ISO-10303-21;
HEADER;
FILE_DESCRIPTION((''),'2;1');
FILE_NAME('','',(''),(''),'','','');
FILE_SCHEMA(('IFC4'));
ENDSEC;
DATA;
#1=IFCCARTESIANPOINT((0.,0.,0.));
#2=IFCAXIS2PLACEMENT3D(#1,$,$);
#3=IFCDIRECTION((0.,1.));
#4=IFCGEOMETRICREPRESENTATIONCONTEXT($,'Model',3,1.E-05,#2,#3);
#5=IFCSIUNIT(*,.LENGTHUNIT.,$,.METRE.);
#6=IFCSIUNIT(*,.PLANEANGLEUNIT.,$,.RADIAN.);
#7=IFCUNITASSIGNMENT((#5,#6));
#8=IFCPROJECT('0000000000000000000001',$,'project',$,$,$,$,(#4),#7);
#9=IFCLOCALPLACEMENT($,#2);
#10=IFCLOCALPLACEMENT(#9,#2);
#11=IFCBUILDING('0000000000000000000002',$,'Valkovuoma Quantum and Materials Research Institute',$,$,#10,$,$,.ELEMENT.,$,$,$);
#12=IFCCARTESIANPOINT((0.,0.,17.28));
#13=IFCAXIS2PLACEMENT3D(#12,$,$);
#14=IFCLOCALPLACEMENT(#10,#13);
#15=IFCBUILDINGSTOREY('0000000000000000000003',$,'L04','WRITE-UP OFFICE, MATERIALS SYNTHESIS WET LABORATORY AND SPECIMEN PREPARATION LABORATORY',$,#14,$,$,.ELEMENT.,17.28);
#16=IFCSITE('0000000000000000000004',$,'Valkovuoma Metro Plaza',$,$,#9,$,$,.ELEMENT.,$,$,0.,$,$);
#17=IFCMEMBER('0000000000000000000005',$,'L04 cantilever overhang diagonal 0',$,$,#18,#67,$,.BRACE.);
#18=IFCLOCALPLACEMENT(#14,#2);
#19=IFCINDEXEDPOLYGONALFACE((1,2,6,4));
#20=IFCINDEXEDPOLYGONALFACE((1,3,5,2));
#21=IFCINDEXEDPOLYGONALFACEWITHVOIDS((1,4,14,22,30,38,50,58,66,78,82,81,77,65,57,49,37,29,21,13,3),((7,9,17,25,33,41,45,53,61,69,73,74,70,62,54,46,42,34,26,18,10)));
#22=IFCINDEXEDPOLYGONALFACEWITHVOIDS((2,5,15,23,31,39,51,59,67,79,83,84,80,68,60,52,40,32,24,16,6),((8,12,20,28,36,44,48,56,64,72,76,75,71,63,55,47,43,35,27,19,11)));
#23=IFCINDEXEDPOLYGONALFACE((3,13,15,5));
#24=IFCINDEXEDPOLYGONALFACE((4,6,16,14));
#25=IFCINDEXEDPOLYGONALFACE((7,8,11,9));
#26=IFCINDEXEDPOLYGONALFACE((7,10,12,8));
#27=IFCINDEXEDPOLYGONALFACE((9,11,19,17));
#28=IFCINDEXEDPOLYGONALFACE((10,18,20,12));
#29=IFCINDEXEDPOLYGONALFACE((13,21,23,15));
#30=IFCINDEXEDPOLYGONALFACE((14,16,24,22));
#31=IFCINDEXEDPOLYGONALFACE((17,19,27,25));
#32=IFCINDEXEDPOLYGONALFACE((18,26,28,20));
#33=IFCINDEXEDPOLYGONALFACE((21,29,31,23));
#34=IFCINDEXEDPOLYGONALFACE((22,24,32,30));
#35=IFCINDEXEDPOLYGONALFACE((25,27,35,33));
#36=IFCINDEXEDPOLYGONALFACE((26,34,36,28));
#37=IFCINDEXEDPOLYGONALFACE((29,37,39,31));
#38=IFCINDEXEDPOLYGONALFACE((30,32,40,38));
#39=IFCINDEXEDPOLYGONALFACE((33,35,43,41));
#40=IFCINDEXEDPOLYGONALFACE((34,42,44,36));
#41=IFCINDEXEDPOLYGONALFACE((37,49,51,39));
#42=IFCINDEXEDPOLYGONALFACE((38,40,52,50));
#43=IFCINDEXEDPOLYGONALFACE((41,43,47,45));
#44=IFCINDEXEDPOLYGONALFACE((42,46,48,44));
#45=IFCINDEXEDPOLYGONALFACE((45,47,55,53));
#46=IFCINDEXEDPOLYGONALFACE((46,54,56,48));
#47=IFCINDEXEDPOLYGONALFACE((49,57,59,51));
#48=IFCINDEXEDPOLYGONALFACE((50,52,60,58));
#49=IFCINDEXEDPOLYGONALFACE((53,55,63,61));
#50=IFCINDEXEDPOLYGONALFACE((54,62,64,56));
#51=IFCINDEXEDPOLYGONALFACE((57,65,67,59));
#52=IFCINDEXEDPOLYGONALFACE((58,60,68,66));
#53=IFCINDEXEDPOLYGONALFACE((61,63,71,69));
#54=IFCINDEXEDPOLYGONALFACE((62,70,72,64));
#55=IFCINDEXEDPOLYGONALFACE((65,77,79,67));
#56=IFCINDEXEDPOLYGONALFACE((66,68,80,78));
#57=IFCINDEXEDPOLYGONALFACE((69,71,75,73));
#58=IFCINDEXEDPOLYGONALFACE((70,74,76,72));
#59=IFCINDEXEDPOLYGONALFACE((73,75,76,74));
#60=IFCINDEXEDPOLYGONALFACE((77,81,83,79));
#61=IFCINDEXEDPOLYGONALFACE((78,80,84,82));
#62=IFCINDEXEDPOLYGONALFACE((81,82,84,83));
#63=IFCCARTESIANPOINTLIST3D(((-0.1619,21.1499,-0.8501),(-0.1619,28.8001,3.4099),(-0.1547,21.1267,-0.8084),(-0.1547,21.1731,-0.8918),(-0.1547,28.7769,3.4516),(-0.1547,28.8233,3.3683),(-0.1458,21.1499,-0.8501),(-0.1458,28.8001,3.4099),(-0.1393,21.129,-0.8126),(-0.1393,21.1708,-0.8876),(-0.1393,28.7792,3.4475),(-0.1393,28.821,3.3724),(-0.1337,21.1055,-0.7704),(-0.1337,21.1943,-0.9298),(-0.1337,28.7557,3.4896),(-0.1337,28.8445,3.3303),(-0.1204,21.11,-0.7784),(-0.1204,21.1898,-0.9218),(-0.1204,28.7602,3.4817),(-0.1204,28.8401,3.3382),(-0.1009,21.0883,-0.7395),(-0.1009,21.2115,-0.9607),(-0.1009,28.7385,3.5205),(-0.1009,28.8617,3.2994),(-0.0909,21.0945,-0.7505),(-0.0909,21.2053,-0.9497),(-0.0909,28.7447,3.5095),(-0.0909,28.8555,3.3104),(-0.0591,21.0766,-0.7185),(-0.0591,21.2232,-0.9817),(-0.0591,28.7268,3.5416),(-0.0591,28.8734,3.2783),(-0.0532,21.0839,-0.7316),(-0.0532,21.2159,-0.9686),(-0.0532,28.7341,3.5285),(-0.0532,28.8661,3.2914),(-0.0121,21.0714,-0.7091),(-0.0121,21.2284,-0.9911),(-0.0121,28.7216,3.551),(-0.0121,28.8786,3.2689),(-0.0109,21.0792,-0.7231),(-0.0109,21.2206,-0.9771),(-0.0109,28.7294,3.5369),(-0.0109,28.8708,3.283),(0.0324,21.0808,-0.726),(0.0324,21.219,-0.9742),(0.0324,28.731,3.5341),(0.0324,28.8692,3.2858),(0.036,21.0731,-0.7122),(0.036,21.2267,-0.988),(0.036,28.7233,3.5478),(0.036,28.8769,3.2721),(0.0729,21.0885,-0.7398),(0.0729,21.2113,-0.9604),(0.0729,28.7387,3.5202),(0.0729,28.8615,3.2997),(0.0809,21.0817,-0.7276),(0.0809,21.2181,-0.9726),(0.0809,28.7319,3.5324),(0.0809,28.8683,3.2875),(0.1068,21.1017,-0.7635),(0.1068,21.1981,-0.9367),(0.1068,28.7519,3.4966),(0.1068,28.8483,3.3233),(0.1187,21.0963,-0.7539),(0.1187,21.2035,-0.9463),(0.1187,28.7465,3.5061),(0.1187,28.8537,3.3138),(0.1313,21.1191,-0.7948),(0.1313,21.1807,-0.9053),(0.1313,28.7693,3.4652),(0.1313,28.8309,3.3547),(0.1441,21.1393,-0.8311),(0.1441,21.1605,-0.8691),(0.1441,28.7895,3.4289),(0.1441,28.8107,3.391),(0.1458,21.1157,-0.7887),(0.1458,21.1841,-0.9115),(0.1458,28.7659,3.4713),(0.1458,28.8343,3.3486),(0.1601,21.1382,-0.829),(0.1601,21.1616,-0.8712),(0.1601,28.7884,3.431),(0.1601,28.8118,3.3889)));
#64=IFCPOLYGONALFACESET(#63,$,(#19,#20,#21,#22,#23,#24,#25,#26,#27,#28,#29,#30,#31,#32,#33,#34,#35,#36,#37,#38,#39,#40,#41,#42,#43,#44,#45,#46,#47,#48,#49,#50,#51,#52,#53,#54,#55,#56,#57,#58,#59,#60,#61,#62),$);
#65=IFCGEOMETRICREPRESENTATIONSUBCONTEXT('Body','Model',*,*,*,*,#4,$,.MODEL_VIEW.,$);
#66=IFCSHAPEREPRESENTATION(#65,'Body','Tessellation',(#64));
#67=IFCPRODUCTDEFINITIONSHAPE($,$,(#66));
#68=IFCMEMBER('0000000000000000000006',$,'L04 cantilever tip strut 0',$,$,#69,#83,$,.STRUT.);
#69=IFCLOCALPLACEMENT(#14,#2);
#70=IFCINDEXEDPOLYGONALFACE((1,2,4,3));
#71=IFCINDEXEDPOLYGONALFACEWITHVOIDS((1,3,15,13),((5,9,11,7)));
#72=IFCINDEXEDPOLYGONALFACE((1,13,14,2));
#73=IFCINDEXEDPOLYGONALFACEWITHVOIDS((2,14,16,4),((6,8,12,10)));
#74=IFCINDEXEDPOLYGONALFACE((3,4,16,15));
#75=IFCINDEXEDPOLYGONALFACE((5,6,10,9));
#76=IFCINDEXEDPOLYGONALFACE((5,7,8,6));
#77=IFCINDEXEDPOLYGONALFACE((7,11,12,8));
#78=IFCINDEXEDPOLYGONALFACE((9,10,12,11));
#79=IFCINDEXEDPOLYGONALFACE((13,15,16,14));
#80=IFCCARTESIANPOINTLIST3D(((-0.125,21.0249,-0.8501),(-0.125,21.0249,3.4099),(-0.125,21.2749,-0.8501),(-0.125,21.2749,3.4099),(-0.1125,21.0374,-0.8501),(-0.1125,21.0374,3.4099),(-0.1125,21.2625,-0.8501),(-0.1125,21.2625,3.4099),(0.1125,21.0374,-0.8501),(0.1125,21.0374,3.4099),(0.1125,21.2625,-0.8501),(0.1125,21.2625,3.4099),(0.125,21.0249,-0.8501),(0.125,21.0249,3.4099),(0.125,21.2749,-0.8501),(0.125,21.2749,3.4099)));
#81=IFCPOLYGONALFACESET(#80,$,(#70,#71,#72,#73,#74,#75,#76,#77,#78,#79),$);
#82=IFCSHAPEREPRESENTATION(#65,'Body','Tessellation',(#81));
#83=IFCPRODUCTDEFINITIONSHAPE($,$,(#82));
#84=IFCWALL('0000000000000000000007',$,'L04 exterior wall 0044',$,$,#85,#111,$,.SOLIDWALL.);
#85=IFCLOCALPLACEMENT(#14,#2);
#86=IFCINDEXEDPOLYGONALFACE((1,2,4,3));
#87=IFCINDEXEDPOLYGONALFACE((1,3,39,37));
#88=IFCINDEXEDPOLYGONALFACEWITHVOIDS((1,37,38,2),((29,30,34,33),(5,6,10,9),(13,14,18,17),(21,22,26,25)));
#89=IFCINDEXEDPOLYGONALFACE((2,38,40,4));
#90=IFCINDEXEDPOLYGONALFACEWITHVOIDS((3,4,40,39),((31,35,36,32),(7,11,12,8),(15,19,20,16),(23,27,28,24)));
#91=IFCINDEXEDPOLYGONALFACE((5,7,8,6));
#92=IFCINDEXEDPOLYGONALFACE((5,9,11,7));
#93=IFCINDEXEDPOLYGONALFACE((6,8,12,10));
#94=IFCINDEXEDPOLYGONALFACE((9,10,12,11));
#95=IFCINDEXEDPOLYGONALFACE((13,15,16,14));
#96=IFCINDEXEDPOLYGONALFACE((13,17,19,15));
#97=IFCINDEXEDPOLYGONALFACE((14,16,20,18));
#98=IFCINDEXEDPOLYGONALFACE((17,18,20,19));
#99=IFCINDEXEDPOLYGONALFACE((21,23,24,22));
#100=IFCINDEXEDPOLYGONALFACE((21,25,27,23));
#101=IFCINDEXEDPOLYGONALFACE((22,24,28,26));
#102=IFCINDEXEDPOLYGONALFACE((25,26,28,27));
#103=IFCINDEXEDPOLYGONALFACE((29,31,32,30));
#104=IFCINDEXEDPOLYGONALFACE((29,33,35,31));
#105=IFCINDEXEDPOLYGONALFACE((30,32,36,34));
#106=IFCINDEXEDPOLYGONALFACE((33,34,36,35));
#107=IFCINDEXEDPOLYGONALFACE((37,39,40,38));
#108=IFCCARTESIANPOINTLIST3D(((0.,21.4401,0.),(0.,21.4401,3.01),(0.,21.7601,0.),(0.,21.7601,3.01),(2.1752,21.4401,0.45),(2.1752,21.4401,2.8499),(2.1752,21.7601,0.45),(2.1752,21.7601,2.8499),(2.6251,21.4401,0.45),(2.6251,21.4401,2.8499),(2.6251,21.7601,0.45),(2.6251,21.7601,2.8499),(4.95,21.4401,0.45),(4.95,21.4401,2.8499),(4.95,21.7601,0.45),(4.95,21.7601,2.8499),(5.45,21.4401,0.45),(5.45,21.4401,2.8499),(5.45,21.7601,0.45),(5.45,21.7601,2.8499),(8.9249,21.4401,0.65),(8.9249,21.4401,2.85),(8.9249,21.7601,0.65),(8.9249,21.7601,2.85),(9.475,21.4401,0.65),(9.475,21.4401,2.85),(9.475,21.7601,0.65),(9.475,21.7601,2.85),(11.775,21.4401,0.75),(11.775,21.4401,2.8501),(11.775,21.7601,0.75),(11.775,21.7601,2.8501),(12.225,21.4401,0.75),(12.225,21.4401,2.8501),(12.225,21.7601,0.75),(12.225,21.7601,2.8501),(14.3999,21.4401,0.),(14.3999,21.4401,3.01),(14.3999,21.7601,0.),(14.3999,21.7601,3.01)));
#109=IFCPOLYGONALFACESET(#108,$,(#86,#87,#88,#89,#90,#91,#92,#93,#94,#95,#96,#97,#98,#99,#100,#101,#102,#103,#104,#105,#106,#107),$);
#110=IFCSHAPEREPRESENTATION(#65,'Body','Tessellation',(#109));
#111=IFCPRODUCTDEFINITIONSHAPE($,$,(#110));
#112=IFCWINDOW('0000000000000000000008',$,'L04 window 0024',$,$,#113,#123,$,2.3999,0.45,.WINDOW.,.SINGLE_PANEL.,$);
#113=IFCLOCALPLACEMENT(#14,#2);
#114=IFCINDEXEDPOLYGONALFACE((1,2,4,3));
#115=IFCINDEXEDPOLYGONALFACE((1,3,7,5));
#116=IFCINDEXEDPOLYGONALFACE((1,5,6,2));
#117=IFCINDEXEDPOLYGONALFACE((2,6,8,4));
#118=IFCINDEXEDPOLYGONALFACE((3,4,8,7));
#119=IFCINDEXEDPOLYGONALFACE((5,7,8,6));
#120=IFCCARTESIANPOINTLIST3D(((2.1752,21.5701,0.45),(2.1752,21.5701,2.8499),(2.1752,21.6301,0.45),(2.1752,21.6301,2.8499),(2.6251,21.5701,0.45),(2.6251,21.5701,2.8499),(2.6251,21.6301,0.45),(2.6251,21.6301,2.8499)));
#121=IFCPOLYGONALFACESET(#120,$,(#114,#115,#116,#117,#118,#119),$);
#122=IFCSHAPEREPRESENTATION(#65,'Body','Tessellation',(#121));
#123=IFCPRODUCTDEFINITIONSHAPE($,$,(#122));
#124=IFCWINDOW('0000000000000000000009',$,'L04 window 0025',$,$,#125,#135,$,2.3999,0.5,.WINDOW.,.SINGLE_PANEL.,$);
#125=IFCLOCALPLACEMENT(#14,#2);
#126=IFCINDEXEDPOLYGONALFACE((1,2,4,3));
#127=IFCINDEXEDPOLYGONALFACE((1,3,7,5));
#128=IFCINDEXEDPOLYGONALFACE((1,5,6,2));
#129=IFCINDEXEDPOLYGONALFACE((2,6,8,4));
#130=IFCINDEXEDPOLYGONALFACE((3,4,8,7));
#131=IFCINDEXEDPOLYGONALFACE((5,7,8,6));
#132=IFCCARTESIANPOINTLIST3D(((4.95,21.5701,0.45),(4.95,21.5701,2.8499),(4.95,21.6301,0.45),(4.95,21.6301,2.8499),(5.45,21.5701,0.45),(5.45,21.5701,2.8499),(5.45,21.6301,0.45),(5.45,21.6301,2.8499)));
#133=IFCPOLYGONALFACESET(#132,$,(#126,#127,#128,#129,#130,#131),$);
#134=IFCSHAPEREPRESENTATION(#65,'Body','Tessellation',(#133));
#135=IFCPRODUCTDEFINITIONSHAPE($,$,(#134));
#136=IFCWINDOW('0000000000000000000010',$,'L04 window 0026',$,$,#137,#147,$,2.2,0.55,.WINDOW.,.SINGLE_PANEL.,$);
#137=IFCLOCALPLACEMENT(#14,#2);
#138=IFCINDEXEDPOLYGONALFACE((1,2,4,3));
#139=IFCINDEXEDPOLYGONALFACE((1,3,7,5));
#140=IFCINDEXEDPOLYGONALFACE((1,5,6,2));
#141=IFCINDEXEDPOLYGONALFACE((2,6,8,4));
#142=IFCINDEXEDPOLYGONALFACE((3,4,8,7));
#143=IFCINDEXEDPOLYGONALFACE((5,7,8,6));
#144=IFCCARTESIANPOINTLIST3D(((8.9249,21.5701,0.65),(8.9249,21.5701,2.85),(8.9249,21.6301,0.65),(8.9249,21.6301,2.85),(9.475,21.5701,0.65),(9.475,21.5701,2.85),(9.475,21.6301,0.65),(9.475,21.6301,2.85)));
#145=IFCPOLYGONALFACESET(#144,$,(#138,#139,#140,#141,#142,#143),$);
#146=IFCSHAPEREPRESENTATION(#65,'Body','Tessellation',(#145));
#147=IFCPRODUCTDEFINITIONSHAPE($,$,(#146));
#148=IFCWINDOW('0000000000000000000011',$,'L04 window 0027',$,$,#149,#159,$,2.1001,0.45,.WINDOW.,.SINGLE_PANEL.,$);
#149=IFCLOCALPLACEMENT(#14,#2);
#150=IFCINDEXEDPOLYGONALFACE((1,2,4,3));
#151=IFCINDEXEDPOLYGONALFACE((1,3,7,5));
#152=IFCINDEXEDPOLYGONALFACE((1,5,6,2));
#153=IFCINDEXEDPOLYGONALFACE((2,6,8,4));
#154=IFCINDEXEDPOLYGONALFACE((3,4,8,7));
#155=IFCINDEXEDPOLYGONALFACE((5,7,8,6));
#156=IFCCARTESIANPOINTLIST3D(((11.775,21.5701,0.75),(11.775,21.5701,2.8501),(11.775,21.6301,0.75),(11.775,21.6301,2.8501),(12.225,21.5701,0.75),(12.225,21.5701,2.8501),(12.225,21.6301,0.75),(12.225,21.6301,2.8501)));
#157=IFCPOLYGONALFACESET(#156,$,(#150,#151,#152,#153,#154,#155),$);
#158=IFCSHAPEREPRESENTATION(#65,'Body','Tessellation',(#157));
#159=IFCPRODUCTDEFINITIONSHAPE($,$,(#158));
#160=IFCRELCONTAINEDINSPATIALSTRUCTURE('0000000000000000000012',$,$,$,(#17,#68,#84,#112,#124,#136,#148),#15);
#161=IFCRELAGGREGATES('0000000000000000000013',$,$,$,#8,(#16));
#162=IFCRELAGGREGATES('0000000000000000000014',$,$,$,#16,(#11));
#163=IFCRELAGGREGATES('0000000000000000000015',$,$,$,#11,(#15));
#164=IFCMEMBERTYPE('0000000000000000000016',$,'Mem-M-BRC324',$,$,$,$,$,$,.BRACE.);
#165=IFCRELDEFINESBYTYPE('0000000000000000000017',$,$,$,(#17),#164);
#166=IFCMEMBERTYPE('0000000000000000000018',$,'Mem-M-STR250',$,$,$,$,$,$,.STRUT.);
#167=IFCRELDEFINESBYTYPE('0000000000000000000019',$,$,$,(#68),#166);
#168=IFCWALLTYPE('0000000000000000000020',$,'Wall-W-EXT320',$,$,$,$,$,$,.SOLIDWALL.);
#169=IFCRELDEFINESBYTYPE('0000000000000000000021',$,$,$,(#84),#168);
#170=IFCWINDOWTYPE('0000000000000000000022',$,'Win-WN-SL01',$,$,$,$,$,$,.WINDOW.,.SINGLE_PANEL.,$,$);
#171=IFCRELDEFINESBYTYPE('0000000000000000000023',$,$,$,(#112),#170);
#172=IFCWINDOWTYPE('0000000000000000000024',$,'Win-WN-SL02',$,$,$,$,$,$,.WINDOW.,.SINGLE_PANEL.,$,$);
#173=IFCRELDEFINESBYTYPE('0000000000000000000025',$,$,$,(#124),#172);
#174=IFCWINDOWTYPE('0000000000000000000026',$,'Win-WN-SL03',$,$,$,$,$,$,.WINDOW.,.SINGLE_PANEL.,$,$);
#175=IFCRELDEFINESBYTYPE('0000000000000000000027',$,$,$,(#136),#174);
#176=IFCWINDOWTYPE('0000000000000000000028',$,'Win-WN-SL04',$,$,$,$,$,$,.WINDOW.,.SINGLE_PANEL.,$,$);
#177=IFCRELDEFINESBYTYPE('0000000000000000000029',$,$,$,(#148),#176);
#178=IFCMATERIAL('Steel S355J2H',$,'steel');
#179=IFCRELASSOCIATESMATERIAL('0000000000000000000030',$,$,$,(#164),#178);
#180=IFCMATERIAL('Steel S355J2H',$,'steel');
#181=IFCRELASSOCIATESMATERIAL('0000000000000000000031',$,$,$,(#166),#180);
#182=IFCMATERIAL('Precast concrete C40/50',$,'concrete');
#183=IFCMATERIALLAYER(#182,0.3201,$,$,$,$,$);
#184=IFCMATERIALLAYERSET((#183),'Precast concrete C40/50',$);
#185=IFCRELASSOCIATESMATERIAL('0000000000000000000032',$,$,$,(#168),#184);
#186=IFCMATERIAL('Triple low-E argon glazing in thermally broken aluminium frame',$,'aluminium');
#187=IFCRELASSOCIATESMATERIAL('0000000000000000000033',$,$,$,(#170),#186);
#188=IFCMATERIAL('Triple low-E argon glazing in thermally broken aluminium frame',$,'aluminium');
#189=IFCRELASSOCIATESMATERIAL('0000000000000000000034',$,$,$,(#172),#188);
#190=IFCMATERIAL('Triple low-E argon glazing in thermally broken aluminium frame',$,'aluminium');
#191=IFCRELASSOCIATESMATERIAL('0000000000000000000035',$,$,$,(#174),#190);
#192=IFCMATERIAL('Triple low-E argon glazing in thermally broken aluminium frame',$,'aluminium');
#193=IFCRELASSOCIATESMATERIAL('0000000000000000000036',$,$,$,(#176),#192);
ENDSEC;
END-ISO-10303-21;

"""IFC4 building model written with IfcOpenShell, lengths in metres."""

from ifc_helpers import new_model, si_unit, direction, frame, frame_2d, origin, origin_2d, place, context, subcontext, project, spatial, rectangle, hollow_rectangle, hollow_circle, extrude, material, layer, layer_set, material_profile, profile_set, type_object, element, fill, save


model = new_model("IFC4")

# Units and contexts
model_context = context("Model", 3, precision=1e-05, world=origin(), true_north=direction((0.0, 1.0)))
body_context = subcontext(model_context, "Body", "Model", "MODEL_VIEW")
ifc_project = project(units=[si_unit("LENGTHUNIT", "METRE"), si_unit("PLANEANGLEUNIT", "RADIAN")], contexts=[model_context])

# Site, building, storey
site_placement = place(None, origin())
site = spatial("IfcSite", under=ifc_project, at=site_placement, Name="Valkovuoma Metro Plaza", CompositionType="ELEMENT", RefElevation=0.0)
building_placement = place(site_placement, origin())
building = spatial("IfcBuilding", under=site, at=building_placement, Name="Valkovuoma Quantum and Materials Research Institute", CompositionType="ELEMENT")
storey_placement = place(building_placement, frame((0.0, 0.0, 17.28)))
storey = spatial("IfcBuildingStorey", under=building, at=storey_placement, Name="L04", Description="WRITE-UP OFFICE, MATERIALS SYNTHESIS WET LABORATORY AND SPECIMEN PREPARATION LABORATORY", CompositionType="ELEMENT", Elevation=17.28)

# Members
ifc_material_1 = material(Name="Steel S355J2H", Category="steel")
ifc_material_profile_1 = material_profile(ifc_material_1, hollow_circle(Radius=0.1619, WallThickness=0.0161, at=origin_2d()), Name="Steel S355J2H")
ifc_profile_set_1 = profile_set([ifc_material_profile_1], Name="Steel S355J2H")
member_type_1 = type_object("IfcMemberType", Name="Mem-M-BRC324", PredefinedType="BRACE", material=ifc_profile_set_1)
member_1_placement = place(storey_placement, frame((0.0, 21.1499, -0.8501), z_axis=(0.0, 0.873675, 0.486509), x_axis=(-1.0, 0.0, 0.0)))
element("IfcMember", 1, at=member_1_placement, inside=storey, type_object=member_type_1, Name="L04 cantilever overhang diagonal 0", PredefinedType="BRACE", context=body_context, shape_type="SweptSolid", body=[
    extrude(hollow_circle(Radius=0.1619, WallThickness=0.0161, at=origin_2d()), origin(), (0.0, 0.0, 1.0), 8.7563),
])
ifc_material_2 = material(Name="Steel S355J2H", Category="steel")
ifc_material_profile_2 = material_profile(ifc_material_2, hollow_rectangle(XDim=0.25, YDim=0.25, WallThickness=0.0125, at=origin_2d()), Name="Steel S355J2H")
ifc_profile_set_2 = profile_set([ifc_material_profile_2], Name="Steel S355J2H")
member_type_2 = type_object("IfcMemberType", Name="Mem-M-STR250", PredefinedType="STRUT", material=ifc_profile_set_2)
member_2_placement = place(storey_placement, frame((0.0, 21.1499, -0.8501), z_axis=(0.0, 0.0, 1.0), x_axis=(1.0, 0.0, 0.0)))
element("IfcMember", 2, at=member_2_placement, inside=storey, type_object=member_type_2, Name="L04 cantilever tip strut 0", PredefinedType="STRUT", context=body_context, shape_type="SweptSolid", body=[
    extrude(hollow_rectangle(XDim=0.25, YDim=0.25, WallThickness=0.0125, at=origin_2d()), origin(), (0.0, 0.0, 1.0), 4.26),
])

# Wall, openings, windows
ifc_material_3 = material(Name="Precast concrete C40/50", Category="concrete")
ifc_layer_1 = layer(ifc_material_3, 0.3201)
ifc_layer_set_1 = layer_set([ifc_layer_1], Name="Precast concrete C40/50")
wall_type = type_object("IfcWallType", Name="Wall-W-EXT320", PredefinedType="SOLIDWALL", material=ifc_layer_set_1)
wall_placement = place(storey_placement, frame((0.0, 21.6001, 0.0), z_axis=(0.0, 0.0, 1.0), x_axis=(1.0, 0.0, 0.0)))
wall = element("IfcWall", 3, at=wall_placement, inside=storey, type_object=wall_type, Name="L04 exterior wall 0044", PredefinedType="SOLIDWALL", context=body_context, shape_type="SweptSolid", body=[
    extrude(rectangle(XDim=14.3999, YDim=0.3201, at=frame_2d((7.2, 0.0))), origin(), (0.0, 0.0, 1.0), 3.01),
])
opening_1_placement = place(wall_placement, frame((2.175, 0.0, 0.45)))
opening_1 = element("IfcOpeningElement", 4, at=opening_1_placement, cuts=wall, PredefinedType="OPENING", context=body_context, shape_type="SweptSolid", body=[
    extrude(rectangle(XDim=0.45, YDim=2.3999, at=frame_2d((0.2251, 1.2))), frame((0.0, 0.1699, 0.0), z_axis=(0.0, -1.0, 0.0), x_axis=(1.0, 0.0, 0.0)), (0.0, 0.0, 1.0), 0.3401),
])
opening_2_placement = place(wall_placement, frame((4.95, 0.0, 0.45)))
opening_2 = element("IfcOpeningElement", 5, at=opening_2_placement, cuts=wall, PredefinedType="OPENING", context=body_context, shape_type="SweptSolid", body=[
    extrude(rectangle(XDim=0.5, YDim=2.3999, at=frame_2d((0.25, 1.2))), frame((0.0, 0.1699, 0.0), z_axis=(0.0, -1.0, 0.0), x_axis=(1.0, 0.0, 0.0)), (0.0, 0.0, 1.0), 0.3401),
])
opening_3_placement = place(wall_placement, frame((8.925, 0.0, 0.6499)))
opening_3 = element("IfcOpeningElement", 6, at=opening_3_placement, cuts=wall, PredefinedType="OPENING", context=body_context, shape_type="SweptSolid", body=[
    extrude(rectangle(XDim=0.55, YDim=2.2, at=frame_2d((0.2749, 1.1001))), frame((0.0, 0.1699, 0.0), z_axis=(0.0, -1.0, 0.0), x_axis=(1.0, 0.0, 0.0)), (0.0, 0.0, 1.0), 0.3401),
])
opening_4_placement = place(wall_placement, frame((11.7749, 0.0, 0.75)))
opening_4 = element("IfcOpeningElement", 7, at=opening_4_placement, cuts=wall, PredefinedType="OPENING", context=body_context, shape_type="SweptSolid", body=[
    extrude(rectangle(XDim=0.45, YDim=2.1001, at=frame_2d((0.2251, 1.05))), frame((0.0, 0.1699, 0.0), z_axis=(0.0, -1.0, 0.0), x_axis=(1.0, 0.0, 0.0)), (0.0, 0.0, 1.0), 0.3401),
])
ifc_material_4 = material(Name="Triple low-E argon glazing in thermally broken aluminium frame", Category="aluminium")
window_type_1 = type_object("IfcWindowType", Name="Win-WN-SL01", PartitioningType="SINGLE_PANEL", PredefinedType="WINDOW", material=ifc_material_4)
window_1_placement = place(opening_1_placement, origin())
window_1 = element("IfcWindow", 8, at=window_1_placement, inside=storey, type_object=window_type_1, Name="L04 window 0024", OverallHeight=2.3999, OverallWidth=0.45, PartitioningType="SINGLE_PANEL", PredefinedType="WINDOW", context=body_context, shape_type="SweptSolid", body=[
    extrude(rectangle(XDim=0.45, YDim=2.3999, at=frame_2d((0.2251, 1.2))), frame((0.0, 0.03, 0.0), z_axis=(0.0, -1.0, 0.0), x_axis=(1.0, 0.0, 0.0)), (0.0, 0.0, 1.0), 0.0601),
])
fill(opening_1, window_1)
ifc_material_5 = material(Name="Triple low-E argon glazing in thermally broken aluminium frame", Category="aluminium")
window_type_2 = type_object("IfcWindowType", Name="Win-WN-SL02", PartitioningType="SINGLE_PANEL", PredefinedType="WINDOW", material=ifc_material_5)
window_2_placement = place(opening_2_placement, origin())
window_2 = element("IfcWindow", 9, at=window_2_placement, inside=storey, type_object=window_type_2, Name="L04 window 0025", OverallHeight=2.3999, OverallWidth=0.5, PartitioningType="SINGLE_PANEL", PredefinedType="WINDOW", context=body_context, shape_type="SweptSolid", body=[
    extrude(rectangle(XDim=0.5, YDim=2.3999, at=frame_2d((0.25, 1.2))), frame((0.0, 0.03, 0.0), z_axis=(0.0, -1.0, 0.0), x_axis=(1.0, 0.0, 0.0)), (0.0, 0.0, 1.0), 0.0601),
])
fill(opening_2, window_2)
ifc_material_6 = material(Name="Triple low-E argon glazing in thermally broken aluminium frame", Category="aluminium")
window_type_3 = type_object("IfcWindowType", Name="Win-WN-SL03", PartitioningType="SINGLE_PANEL", PredefinedType="WINDOW", material=ifc_material_6)
window_3_placement = place(opening_3_placement, origin())
window_3 = element("IfcWindow", 10, at=window_3_placement, inside=storey, type_object=window_type_3, Name="L04 window 0026", OverallHeight=2.2, OverallWidth=0.55, PartitioningType="SINGLE_PANEL", PredefinedType="WINDOW", context=body_context, shape_type="SweptSolid", body=[
    extrude(rectangle(XDim=0.55, YDim=2.2, at=frame_2d((0.2749, 1.1001))), frame((0.0, 0.03, 0.0), z_axis=(0.0, -1.0, 0.0), x_axis=(1.0, 0.0, 0.0)), (0.0, 0.0, 1.0), 0.0601),
])
fill(opening_3, window_3)
ifc_material_7 = material(Name="Triple low-E argon glazing in thermally broken aluminium frame", Category="aluminium")
window_type_4 = type_object("IfcWindowType", Name="Win-WN-SL04", PartitioningType="SINGLE_PANEL", PredefinedType="WINDOW", material=ifc_material_7)
window_4_placement = place(opening_4_placement, origin())
window_4 = element("IfcWindow", 11, at=window_4_placement, inside=storey, type_object=window_type_4, Name="L04 window 0027", OverallHeight=2.1001, OverallWidth=0.45, PartitioningType="SINGLE_PANEL", PredefinedType="WINDOW", context=body_context, shape_type="SweptSolid", body=[
    extrude(rectangle(XDim=0.45, YDim=2.1001, at=frame_2d((0.2251, 1.05))), frame((0.0, 0.03, 0.0), z_axis=(0.0, -1.0, 0.0), x_axis=(1.0, 0.0, 0.0)), (0.0, 0.0, 1.0), 0.0601),
])
fill(opening_4, window_4)

save(model, "model.ifc")
